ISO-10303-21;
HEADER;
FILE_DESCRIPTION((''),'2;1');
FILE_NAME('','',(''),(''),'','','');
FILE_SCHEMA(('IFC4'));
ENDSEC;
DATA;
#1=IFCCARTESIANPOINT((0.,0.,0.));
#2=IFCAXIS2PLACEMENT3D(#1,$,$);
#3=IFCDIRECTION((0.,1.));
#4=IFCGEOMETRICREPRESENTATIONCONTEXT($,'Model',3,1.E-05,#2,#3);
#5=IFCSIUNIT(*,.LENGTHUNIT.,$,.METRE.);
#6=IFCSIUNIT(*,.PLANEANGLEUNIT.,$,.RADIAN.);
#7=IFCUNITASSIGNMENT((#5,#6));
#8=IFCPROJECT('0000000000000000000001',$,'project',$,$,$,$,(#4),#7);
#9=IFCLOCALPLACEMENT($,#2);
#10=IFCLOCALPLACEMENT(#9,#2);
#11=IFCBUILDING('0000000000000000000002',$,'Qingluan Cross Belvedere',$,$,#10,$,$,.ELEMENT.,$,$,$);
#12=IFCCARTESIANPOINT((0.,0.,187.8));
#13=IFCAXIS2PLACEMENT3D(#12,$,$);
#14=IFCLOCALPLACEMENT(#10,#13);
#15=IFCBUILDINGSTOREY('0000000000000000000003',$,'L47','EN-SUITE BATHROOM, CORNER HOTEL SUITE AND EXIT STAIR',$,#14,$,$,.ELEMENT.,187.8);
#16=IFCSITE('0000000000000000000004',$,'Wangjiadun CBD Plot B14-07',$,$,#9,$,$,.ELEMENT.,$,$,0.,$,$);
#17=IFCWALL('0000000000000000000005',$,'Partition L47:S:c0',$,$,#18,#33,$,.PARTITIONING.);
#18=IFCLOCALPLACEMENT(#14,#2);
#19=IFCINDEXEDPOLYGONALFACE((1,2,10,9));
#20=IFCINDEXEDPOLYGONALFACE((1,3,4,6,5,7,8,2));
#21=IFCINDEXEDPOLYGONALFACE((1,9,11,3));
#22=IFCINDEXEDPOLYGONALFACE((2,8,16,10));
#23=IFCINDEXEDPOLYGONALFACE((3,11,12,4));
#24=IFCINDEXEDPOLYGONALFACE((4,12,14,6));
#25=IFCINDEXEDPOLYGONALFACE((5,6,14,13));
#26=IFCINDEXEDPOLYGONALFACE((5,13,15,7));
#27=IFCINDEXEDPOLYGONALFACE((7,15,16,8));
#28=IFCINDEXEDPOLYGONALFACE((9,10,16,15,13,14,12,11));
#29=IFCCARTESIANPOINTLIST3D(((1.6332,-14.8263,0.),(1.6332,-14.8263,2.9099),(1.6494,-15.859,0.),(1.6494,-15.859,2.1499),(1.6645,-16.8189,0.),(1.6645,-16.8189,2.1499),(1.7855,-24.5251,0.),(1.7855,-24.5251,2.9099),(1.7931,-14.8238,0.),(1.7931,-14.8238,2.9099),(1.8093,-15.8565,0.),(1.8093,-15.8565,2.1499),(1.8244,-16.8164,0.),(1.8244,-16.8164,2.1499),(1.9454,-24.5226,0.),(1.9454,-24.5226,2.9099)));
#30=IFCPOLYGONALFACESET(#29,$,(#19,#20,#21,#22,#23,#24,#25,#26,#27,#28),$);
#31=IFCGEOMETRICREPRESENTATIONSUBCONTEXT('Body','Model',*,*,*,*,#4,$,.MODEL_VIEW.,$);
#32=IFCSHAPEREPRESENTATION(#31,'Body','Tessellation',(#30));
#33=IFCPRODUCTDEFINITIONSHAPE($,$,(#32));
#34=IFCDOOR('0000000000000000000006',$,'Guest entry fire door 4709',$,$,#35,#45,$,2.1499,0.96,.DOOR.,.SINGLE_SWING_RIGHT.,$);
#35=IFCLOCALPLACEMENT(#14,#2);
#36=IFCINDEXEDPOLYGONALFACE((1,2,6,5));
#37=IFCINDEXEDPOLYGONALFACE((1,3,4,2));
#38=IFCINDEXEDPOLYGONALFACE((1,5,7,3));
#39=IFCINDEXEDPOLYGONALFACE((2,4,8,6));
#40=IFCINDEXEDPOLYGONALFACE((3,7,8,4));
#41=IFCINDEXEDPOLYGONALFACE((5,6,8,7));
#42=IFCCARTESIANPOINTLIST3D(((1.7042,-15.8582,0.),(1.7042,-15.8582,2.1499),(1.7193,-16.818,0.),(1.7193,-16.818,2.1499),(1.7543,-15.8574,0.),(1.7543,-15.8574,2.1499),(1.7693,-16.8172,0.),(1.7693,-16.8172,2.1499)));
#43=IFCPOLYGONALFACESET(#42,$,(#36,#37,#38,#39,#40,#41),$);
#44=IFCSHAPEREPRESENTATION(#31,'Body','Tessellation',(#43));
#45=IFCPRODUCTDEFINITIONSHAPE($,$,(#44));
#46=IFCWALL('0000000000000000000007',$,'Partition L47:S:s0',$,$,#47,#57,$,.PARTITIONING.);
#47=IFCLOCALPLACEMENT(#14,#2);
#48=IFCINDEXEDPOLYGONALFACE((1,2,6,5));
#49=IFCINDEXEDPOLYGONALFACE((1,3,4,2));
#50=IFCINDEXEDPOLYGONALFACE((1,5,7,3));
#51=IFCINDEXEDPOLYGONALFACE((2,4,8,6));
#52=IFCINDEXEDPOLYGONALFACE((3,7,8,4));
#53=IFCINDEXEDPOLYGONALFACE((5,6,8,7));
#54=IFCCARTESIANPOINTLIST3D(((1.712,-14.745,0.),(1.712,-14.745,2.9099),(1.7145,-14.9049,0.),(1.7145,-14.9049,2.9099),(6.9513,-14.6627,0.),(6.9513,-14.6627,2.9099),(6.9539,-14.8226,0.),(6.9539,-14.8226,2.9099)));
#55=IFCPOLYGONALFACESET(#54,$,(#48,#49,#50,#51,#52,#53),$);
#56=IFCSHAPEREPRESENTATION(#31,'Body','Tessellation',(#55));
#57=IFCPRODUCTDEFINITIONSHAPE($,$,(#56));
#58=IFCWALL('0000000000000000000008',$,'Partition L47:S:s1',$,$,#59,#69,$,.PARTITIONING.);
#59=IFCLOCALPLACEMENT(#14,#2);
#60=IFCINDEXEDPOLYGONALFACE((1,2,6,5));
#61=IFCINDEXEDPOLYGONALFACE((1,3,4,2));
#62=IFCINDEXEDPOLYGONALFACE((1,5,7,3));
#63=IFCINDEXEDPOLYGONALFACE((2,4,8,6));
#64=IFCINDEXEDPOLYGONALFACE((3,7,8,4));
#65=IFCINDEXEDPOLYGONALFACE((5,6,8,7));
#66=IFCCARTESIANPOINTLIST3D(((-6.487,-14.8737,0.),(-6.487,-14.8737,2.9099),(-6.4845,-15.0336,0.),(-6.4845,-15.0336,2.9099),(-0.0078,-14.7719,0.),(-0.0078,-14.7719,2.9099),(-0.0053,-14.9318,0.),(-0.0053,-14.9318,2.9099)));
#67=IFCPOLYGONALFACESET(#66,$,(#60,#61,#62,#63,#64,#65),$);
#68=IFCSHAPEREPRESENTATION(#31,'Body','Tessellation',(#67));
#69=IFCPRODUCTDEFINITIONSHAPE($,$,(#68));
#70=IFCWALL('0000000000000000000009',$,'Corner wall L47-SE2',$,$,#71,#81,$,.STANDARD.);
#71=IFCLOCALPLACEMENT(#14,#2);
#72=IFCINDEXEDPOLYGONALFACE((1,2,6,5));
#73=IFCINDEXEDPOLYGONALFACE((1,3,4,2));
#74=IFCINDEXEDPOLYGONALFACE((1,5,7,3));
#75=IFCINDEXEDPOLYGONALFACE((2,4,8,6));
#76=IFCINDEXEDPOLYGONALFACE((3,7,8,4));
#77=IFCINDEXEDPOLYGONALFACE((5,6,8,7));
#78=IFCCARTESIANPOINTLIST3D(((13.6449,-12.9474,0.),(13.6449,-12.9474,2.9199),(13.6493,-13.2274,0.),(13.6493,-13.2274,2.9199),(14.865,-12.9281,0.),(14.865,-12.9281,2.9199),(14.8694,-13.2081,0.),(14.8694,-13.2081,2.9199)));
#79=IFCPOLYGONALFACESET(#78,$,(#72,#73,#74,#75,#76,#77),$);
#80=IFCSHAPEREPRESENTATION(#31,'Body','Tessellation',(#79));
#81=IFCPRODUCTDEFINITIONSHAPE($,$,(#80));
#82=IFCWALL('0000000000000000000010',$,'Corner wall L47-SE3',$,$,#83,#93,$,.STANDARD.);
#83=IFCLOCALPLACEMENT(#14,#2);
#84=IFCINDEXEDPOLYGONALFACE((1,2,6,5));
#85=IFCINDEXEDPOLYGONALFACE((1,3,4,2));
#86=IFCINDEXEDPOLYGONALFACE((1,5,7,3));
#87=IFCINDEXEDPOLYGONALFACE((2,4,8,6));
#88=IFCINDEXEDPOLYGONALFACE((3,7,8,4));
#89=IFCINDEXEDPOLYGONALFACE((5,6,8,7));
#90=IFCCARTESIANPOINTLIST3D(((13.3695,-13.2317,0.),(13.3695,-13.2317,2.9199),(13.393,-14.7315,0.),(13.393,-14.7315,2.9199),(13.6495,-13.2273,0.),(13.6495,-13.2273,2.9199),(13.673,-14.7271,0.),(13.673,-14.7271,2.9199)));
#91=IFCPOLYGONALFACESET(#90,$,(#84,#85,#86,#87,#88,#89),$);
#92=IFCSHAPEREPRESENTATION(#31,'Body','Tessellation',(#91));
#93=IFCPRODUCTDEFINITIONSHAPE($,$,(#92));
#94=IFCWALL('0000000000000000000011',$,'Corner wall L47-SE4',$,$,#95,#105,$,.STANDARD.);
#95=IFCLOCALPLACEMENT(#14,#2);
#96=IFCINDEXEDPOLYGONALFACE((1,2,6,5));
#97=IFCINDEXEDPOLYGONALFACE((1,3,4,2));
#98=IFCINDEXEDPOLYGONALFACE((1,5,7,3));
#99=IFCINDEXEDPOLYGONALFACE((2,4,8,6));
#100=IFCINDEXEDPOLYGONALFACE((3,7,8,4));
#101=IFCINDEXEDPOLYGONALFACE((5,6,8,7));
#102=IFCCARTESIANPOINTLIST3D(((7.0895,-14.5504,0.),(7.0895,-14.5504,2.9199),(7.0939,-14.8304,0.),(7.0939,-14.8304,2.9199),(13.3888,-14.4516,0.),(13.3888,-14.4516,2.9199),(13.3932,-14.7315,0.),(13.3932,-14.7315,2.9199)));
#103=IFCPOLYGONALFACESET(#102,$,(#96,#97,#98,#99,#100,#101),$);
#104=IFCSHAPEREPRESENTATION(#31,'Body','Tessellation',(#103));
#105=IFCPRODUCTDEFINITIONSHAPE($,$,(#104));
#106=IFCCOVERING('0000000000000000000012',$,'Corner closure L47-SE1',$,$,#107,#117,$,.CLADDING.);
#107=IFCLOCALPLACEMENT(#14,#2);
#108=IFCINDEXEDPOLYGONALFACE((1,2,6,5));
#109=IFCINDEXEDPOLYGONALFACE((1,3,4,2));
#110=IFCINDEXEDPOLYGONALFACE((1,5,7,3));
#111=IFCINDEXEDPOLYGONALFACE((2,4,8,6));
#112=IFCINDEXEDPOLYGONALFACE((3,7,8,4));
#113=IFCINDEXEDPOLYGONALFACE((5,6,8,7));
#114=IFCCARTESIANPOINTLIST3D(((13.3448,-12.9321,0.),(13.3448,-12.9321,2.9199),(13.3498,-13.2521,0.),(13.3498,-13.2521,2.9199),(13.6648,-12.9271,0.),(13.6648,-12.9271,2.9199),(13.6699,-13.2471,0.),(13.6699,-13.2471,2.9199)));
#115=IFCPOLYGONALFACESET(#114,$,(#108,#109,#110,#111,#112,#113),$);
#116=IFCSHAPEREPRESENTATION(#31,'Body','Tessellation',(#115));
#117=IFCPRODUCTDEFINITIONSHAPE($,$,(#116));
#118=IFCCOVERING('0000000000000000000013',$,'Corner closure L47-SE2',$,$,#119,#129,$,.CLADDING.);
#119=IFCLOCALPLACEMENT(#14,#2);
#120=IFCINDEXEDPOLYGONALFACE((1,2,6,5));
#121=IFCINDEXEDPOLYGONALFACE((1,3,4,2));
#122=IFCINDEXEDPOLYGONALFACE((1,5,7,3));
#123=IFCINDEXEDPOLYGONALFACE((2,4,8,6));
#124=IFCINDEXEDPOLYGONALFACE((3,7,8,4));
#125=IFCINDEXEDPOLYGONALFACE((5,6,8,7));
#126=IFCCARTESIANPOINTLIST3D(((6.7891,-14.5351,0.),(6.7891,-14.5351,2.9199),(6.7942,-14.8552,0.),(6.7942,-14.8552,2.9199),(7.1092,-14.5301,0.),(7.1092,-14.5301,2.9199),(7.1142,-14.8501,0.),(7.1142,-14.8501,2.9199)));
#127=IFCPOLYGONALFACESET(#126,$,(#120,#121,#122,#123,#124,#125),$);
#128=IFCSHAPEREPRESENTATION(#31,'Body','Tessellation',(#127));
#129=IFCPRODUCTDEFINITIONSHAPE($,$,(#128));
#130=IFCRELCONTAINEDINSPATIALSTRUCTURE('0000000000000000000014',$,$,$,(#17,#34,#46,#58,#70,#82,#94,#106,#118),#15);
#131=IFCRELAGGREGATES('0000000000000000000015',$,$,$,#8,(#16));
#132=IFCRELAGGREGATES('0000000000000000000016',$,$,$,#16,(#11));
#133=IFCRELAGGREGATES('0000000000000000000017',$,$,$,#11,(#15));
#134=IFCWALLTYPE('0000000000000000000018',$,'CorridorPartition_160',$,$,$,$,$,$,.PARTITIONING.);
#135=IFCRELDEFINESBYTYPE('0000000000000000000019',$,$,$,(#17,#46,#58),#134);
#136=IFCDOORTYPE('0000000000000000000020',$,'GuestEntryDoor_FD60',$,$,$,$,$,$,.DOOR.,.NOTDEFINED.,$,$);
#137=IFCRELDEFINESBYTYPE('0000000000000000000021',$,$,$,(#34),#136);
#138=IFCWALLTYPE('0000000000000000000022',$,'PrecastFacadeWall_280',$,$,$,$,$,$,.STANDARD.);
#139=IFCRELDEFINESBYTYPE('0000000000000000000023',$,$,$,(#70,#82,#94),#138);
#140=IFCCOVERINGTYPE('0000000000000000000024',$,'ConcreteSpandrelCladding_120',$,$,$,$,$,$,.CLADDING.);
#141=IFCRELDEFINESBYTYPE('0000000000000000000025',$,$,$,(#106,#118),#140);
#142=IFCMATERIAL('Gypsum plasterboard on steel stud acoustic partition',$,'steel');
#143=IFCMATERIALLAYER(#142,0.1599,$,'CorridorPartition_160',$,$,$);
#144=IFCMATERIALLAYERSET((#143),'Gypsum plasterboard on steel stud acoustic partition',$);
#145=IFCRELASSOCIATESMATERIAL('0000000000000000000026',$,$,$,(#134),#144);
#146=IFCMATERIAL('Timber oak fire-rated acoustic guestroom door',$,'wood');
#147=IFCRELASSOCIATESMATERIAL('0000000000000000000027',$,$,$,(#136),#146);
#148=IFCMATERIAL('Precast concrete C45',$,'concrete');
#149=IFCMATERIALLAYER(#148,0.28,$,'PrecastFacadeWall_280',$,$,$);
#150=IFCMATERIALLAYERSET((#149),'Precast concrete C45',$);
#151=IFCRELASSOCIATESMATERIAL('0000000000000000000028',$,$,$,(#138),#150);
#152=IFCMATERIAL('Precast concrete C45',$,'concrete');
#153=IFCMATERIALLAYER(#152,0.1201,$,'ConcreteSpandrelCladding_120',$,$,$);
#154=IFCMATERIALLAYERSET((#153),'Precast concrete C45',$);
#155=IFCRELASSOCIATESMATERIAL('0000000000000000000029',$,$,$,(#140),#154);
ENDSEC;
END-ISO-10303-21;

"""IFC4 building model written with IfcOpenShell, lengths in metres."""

from ifc_helpers import new_model, si_unit, direction, frame, frame_2d, origin, origin_2d, place, context, subcontext, project, spatial, rectangle, extrude, material, layer, layer_set, type_object, element, fill, save


model = new_model("IFC4")

# Units and contexts
model_context = context("Model", 3, precision=1e-05, world=origin(), true_north=direction((0.0, 1.0)))
body_context = subcontext(model_context, "Body", "Model", "MODEL_VIEW")
ifc_project = project(units=[si_unit("LENGTHUNIT", "METRE"), si_unit("PLANEANGLEUNIT", "RADIAN")], contexts=[model_context])

# Site, building, storey
site_placement = place(None, origin())
site = spatial("IfcSite", under=ifc_project, at=site_placement, Name="Wangjiadun CBD Plot B14-07", CompositionType="ELEMENT", RefElevation=0.0)
building_placement = place(site_placement, origin())
building = spatial("IfcBuilding", under=site, at=building_placement, Name="Qingluan Cross Belvedere", CompositionType="ELEMENT")
storey_placement = place(building_placement, frame((0.0, 0.0, 187.8)))
storey = spatial("IfcBuildingStorey", under=building, at=storey_placement, Name="L47", Description="EN-SUITE BATHROOM, CORNER HOTEL SUITE AND EXIT STAIR", CompositionType="ELEMENT", Elevation=187.8)

# Shared definitions
ifc_material_1 = material(Name="Gypsum plasterboard on steel stud acoustic partition", Category="steel")
ifc_layer_1 = layer(ifc_material_1, 0.1599, Name="CorridorPartition_160")
ifc_layer_set_1 = layer_set([ifc_layer_1], Name="Gypsum plasterboard on steel stud acoustic partition")
wall_type_1 = type_object("IfcWallType", Name="CorridorPartition_160", PredefinedType="PARTITIONING", material=ifc_layer_set_1)

# Wall, opening, door
wall_1_placement = place(storey_placement, frame((1.7131, -14.825, 0.0), z_axis=(0.0, 0.0, 1.0), x_axis=(0.015706, -0.999877, 0.0)))
wall_1 = element("IfcWall", 1, at=wall_1_placement, inside=storey, type_object=wall_type_1, Name="Partition L47:S:c0", PredefinedType="PARTITIONING", context=body_context, shape_type="SweptSolid", body=[
    extrude(rectangle(XDim=9.7, YDim=0.1599, at=frame_2d((4.8501, 0.0))), origin(), (0.0, 0.0, 1.0), 2.9099),
])
opening_placement = place(wall_1_placement, frame((1.033, 0.0, 0.0)))
opening = element("IfcOpeningElement", 2, at=opening_placement, cuts=wall_1, PredefinedType="OPENING", context=body_context, shape_type="SweptSolid", body=[
    extrude(rectangle(XDim=0.96, YDim=2.1499, at=frame_2d((0.48, 1.075))), frame((0.0, 0.0898, 0.0), z_axis=(0.0, -1.0, 0.0), x_axis=(1.0, 0.0, 0.0)), (0.0, 0.0, 1.0), 0.1799),
])
ifc_material_2 = material(Name="Timber oak fire-rated acoustic guestroom door", Category="wood")
door_type = type_object("IfcDoorType", Name="GuestEntryDoor_FD60", OperationType="NOTDEFINED", PredefinedType="DOOR", material=ifc_material_2)
door_placement = place(opening_placement, origin())
door = element("IfcDoor", 3, at=door_placement, inside=storey, type_object=door_type, Name="Guest entry fire door 4709", OperationType="SINGLE_SWING_RIGHT", OverallHeight=2.1499, OverallWidth=0.96, PredefinedType="DOOR", context=body_context, shape_type="SweptSolid", body=[
    extrude(rectangle(XDim=0.96, YDim=2.1499, at=frame_2d((0.48, 1.075))), frame((0.0, 0.0249, 0.0), z_axis=(0.0, -1.0, 0.0), x_axis=(1.0, 0.0, 0.0)), (0.0, 0.0, 1.0), 0.05),
])
fill(opening, door)

# Walls
wall_2_placement = place(storey_placement, frame((1.7131, -14.825, 0.0), z_axis=(0.0, 0.0, 1.0), x_axis=(0.999877, 0.015702, 0.0)))
element("IfcWall", 4, at=wall_2_placement, inside=storey, type_object=wall_type_1, Name="Partition L47:S:s0", PredefinedType="PARTITIONING", context=body_context, shape_type="SweptSolid", body=[
    extrude(rectangle(XDim=5.24, YDim=0.1599, at=frame_2d((2.6201, 0.0))), origin(), (0.0, 0.0, 1.0), 2.9099),
])
wall_3_placement = place(storey_placement, frame((-0.0066, -14.8518, 0.0), z_axis=(0.0, 0.0, 1.0), x_axis=(-0.999877, -0.015711, 0.0)))
element("IfcWall", 5, at=wall_3_placement, inside=storey, type_object=wall_type_1, Name="Partition L47:S:s1", PredefinedType="PARTITIONING", context=body_context, shape_type="SweptSolid", body=[
    extrude(rectangle(XDim=6.48, YDim=0.1599, at=frame_2d((3.24, 0.0))), origin(), (0.0, 0.0, 1.0), 2.9099),
])
ifc_material_3 = material(Name="Precast concrete C45", Category="concrete")
ifc_layer_2 = layer(ifc_material_3, 0.28, Name="PrecastFacadeWall_280")
ifc_layer_set_2 = layer_set([ifc_layer_2], Name="Precast concrete C45")
wall_type_2 = type_object("IfcWallType", Name="PrecastFacadeWall_280", PredefinedType="STANDARD", material=ifc_layer_set_2)
wall_4_placement = place(storey_placement, frame((14.8672, -13.0681, 0.0), z_axis=(0.0, 0.0, 1.0), x_axis=(-0.999875, -0.015808, 0.0)))
element("IfcWall", 6, at=wall_4_placement, inside=storey, type_object=wall_type_2, Name="Corner wall L47-SE2", PredefinedType="STANDARD", context=body_context, shape_type="SweptSolid", body=[
    extrude(rectangle(XDim=1.2202, YDim=0.28, at=frame_2d((0.6101, 0.0))), origin(), (0.0, 0.0, 1.0), 2.9199),
])
wall_5_placement = place(storey_placement, frame((13.5095, -13.2295, 0.0), z_axis=(0.0, 0.0, 1.0), x_axis=(0.015626, -0.999878, 0.0)))
element("IfcWall", 7, at=wall_5_placement, inside=storey, type_object=wall_type_2, Name="Corner wall L47-SE3", PredefinedType="STANDARD", context=body_context, shape_type="SweptSolid", body=[
    extrude(rectangle(XDim=1.5, YDim=0.28, at=frame_2d((0.75, 0.0))), origin(), (0.0, 0.0, 1.0), 2.9199),
])
wall_6_placement = place(storey_placement, frame((13.3909, -14.5916, 0.0), z_axis=(0.0, 0.0, 1.0), x_axis=(-0.999877, -0.015695, 0.0)))
element("IfcWall", 8, at=wall_6_placement, inside=storey, type_object=wall_type_2, Name="Corner wall L47-SE4", PredefinedType="STANDARD", context=body_context, shape_type="SweptSolid", body=[
    extrude(rectangle(XDim=6.3, YDim=0.28, at=frame_2d((3.1499, 0.0))), origin(), (0.0, 0.0, 1.0), 2.9199),
])

# Coverings
ifc_material_4 = material(Name="Precast concrete C45", Category="concrete")
ifc_layer_3 = layer(ifc_material_4, 0.1201, Name="ConcreteSpandrelCladding_120")
ifc_layer_set_3 = layer_set([ifc_layer_3], Name="Precast concrete C45")
covering_type = type_object("IfcCoveringType", Name="ConcreteSpandrelCladding_120", PredefinedType="CLADDING", material=ifc_layer_set_3)
for number, where, z_axis, x_axis, name in (
    (9, (13.5073, -13.0896, 0.0), (0.0, 0.0, 1.0), (0.999877, 0.015707, 0.0), "Corner closure L47-SE1"),
    (10, (6.9517, -14.6926, 0.0), (0.0, 0.0, 1.0), (0.999877, 0.015707, 0.0), "Corner closure L47-SE2"),
):
    element("IfcCovering", number, at=place(storey_placement, frame(where, z_axis=z_axis, x_axis=x_axis)), inside=storey, type_object=covering_type, Name=name, PredefinedType="CLADDING", context=body_context, shape_type="SweptSolid", body=[
        extrude(rectangle(XDim=0.3201, YDim=0.3201, at=origin_2d()), origin(), (0.0, 0.0, 1.0), 2.9199),
    ])

save(model, "model.ifc")
